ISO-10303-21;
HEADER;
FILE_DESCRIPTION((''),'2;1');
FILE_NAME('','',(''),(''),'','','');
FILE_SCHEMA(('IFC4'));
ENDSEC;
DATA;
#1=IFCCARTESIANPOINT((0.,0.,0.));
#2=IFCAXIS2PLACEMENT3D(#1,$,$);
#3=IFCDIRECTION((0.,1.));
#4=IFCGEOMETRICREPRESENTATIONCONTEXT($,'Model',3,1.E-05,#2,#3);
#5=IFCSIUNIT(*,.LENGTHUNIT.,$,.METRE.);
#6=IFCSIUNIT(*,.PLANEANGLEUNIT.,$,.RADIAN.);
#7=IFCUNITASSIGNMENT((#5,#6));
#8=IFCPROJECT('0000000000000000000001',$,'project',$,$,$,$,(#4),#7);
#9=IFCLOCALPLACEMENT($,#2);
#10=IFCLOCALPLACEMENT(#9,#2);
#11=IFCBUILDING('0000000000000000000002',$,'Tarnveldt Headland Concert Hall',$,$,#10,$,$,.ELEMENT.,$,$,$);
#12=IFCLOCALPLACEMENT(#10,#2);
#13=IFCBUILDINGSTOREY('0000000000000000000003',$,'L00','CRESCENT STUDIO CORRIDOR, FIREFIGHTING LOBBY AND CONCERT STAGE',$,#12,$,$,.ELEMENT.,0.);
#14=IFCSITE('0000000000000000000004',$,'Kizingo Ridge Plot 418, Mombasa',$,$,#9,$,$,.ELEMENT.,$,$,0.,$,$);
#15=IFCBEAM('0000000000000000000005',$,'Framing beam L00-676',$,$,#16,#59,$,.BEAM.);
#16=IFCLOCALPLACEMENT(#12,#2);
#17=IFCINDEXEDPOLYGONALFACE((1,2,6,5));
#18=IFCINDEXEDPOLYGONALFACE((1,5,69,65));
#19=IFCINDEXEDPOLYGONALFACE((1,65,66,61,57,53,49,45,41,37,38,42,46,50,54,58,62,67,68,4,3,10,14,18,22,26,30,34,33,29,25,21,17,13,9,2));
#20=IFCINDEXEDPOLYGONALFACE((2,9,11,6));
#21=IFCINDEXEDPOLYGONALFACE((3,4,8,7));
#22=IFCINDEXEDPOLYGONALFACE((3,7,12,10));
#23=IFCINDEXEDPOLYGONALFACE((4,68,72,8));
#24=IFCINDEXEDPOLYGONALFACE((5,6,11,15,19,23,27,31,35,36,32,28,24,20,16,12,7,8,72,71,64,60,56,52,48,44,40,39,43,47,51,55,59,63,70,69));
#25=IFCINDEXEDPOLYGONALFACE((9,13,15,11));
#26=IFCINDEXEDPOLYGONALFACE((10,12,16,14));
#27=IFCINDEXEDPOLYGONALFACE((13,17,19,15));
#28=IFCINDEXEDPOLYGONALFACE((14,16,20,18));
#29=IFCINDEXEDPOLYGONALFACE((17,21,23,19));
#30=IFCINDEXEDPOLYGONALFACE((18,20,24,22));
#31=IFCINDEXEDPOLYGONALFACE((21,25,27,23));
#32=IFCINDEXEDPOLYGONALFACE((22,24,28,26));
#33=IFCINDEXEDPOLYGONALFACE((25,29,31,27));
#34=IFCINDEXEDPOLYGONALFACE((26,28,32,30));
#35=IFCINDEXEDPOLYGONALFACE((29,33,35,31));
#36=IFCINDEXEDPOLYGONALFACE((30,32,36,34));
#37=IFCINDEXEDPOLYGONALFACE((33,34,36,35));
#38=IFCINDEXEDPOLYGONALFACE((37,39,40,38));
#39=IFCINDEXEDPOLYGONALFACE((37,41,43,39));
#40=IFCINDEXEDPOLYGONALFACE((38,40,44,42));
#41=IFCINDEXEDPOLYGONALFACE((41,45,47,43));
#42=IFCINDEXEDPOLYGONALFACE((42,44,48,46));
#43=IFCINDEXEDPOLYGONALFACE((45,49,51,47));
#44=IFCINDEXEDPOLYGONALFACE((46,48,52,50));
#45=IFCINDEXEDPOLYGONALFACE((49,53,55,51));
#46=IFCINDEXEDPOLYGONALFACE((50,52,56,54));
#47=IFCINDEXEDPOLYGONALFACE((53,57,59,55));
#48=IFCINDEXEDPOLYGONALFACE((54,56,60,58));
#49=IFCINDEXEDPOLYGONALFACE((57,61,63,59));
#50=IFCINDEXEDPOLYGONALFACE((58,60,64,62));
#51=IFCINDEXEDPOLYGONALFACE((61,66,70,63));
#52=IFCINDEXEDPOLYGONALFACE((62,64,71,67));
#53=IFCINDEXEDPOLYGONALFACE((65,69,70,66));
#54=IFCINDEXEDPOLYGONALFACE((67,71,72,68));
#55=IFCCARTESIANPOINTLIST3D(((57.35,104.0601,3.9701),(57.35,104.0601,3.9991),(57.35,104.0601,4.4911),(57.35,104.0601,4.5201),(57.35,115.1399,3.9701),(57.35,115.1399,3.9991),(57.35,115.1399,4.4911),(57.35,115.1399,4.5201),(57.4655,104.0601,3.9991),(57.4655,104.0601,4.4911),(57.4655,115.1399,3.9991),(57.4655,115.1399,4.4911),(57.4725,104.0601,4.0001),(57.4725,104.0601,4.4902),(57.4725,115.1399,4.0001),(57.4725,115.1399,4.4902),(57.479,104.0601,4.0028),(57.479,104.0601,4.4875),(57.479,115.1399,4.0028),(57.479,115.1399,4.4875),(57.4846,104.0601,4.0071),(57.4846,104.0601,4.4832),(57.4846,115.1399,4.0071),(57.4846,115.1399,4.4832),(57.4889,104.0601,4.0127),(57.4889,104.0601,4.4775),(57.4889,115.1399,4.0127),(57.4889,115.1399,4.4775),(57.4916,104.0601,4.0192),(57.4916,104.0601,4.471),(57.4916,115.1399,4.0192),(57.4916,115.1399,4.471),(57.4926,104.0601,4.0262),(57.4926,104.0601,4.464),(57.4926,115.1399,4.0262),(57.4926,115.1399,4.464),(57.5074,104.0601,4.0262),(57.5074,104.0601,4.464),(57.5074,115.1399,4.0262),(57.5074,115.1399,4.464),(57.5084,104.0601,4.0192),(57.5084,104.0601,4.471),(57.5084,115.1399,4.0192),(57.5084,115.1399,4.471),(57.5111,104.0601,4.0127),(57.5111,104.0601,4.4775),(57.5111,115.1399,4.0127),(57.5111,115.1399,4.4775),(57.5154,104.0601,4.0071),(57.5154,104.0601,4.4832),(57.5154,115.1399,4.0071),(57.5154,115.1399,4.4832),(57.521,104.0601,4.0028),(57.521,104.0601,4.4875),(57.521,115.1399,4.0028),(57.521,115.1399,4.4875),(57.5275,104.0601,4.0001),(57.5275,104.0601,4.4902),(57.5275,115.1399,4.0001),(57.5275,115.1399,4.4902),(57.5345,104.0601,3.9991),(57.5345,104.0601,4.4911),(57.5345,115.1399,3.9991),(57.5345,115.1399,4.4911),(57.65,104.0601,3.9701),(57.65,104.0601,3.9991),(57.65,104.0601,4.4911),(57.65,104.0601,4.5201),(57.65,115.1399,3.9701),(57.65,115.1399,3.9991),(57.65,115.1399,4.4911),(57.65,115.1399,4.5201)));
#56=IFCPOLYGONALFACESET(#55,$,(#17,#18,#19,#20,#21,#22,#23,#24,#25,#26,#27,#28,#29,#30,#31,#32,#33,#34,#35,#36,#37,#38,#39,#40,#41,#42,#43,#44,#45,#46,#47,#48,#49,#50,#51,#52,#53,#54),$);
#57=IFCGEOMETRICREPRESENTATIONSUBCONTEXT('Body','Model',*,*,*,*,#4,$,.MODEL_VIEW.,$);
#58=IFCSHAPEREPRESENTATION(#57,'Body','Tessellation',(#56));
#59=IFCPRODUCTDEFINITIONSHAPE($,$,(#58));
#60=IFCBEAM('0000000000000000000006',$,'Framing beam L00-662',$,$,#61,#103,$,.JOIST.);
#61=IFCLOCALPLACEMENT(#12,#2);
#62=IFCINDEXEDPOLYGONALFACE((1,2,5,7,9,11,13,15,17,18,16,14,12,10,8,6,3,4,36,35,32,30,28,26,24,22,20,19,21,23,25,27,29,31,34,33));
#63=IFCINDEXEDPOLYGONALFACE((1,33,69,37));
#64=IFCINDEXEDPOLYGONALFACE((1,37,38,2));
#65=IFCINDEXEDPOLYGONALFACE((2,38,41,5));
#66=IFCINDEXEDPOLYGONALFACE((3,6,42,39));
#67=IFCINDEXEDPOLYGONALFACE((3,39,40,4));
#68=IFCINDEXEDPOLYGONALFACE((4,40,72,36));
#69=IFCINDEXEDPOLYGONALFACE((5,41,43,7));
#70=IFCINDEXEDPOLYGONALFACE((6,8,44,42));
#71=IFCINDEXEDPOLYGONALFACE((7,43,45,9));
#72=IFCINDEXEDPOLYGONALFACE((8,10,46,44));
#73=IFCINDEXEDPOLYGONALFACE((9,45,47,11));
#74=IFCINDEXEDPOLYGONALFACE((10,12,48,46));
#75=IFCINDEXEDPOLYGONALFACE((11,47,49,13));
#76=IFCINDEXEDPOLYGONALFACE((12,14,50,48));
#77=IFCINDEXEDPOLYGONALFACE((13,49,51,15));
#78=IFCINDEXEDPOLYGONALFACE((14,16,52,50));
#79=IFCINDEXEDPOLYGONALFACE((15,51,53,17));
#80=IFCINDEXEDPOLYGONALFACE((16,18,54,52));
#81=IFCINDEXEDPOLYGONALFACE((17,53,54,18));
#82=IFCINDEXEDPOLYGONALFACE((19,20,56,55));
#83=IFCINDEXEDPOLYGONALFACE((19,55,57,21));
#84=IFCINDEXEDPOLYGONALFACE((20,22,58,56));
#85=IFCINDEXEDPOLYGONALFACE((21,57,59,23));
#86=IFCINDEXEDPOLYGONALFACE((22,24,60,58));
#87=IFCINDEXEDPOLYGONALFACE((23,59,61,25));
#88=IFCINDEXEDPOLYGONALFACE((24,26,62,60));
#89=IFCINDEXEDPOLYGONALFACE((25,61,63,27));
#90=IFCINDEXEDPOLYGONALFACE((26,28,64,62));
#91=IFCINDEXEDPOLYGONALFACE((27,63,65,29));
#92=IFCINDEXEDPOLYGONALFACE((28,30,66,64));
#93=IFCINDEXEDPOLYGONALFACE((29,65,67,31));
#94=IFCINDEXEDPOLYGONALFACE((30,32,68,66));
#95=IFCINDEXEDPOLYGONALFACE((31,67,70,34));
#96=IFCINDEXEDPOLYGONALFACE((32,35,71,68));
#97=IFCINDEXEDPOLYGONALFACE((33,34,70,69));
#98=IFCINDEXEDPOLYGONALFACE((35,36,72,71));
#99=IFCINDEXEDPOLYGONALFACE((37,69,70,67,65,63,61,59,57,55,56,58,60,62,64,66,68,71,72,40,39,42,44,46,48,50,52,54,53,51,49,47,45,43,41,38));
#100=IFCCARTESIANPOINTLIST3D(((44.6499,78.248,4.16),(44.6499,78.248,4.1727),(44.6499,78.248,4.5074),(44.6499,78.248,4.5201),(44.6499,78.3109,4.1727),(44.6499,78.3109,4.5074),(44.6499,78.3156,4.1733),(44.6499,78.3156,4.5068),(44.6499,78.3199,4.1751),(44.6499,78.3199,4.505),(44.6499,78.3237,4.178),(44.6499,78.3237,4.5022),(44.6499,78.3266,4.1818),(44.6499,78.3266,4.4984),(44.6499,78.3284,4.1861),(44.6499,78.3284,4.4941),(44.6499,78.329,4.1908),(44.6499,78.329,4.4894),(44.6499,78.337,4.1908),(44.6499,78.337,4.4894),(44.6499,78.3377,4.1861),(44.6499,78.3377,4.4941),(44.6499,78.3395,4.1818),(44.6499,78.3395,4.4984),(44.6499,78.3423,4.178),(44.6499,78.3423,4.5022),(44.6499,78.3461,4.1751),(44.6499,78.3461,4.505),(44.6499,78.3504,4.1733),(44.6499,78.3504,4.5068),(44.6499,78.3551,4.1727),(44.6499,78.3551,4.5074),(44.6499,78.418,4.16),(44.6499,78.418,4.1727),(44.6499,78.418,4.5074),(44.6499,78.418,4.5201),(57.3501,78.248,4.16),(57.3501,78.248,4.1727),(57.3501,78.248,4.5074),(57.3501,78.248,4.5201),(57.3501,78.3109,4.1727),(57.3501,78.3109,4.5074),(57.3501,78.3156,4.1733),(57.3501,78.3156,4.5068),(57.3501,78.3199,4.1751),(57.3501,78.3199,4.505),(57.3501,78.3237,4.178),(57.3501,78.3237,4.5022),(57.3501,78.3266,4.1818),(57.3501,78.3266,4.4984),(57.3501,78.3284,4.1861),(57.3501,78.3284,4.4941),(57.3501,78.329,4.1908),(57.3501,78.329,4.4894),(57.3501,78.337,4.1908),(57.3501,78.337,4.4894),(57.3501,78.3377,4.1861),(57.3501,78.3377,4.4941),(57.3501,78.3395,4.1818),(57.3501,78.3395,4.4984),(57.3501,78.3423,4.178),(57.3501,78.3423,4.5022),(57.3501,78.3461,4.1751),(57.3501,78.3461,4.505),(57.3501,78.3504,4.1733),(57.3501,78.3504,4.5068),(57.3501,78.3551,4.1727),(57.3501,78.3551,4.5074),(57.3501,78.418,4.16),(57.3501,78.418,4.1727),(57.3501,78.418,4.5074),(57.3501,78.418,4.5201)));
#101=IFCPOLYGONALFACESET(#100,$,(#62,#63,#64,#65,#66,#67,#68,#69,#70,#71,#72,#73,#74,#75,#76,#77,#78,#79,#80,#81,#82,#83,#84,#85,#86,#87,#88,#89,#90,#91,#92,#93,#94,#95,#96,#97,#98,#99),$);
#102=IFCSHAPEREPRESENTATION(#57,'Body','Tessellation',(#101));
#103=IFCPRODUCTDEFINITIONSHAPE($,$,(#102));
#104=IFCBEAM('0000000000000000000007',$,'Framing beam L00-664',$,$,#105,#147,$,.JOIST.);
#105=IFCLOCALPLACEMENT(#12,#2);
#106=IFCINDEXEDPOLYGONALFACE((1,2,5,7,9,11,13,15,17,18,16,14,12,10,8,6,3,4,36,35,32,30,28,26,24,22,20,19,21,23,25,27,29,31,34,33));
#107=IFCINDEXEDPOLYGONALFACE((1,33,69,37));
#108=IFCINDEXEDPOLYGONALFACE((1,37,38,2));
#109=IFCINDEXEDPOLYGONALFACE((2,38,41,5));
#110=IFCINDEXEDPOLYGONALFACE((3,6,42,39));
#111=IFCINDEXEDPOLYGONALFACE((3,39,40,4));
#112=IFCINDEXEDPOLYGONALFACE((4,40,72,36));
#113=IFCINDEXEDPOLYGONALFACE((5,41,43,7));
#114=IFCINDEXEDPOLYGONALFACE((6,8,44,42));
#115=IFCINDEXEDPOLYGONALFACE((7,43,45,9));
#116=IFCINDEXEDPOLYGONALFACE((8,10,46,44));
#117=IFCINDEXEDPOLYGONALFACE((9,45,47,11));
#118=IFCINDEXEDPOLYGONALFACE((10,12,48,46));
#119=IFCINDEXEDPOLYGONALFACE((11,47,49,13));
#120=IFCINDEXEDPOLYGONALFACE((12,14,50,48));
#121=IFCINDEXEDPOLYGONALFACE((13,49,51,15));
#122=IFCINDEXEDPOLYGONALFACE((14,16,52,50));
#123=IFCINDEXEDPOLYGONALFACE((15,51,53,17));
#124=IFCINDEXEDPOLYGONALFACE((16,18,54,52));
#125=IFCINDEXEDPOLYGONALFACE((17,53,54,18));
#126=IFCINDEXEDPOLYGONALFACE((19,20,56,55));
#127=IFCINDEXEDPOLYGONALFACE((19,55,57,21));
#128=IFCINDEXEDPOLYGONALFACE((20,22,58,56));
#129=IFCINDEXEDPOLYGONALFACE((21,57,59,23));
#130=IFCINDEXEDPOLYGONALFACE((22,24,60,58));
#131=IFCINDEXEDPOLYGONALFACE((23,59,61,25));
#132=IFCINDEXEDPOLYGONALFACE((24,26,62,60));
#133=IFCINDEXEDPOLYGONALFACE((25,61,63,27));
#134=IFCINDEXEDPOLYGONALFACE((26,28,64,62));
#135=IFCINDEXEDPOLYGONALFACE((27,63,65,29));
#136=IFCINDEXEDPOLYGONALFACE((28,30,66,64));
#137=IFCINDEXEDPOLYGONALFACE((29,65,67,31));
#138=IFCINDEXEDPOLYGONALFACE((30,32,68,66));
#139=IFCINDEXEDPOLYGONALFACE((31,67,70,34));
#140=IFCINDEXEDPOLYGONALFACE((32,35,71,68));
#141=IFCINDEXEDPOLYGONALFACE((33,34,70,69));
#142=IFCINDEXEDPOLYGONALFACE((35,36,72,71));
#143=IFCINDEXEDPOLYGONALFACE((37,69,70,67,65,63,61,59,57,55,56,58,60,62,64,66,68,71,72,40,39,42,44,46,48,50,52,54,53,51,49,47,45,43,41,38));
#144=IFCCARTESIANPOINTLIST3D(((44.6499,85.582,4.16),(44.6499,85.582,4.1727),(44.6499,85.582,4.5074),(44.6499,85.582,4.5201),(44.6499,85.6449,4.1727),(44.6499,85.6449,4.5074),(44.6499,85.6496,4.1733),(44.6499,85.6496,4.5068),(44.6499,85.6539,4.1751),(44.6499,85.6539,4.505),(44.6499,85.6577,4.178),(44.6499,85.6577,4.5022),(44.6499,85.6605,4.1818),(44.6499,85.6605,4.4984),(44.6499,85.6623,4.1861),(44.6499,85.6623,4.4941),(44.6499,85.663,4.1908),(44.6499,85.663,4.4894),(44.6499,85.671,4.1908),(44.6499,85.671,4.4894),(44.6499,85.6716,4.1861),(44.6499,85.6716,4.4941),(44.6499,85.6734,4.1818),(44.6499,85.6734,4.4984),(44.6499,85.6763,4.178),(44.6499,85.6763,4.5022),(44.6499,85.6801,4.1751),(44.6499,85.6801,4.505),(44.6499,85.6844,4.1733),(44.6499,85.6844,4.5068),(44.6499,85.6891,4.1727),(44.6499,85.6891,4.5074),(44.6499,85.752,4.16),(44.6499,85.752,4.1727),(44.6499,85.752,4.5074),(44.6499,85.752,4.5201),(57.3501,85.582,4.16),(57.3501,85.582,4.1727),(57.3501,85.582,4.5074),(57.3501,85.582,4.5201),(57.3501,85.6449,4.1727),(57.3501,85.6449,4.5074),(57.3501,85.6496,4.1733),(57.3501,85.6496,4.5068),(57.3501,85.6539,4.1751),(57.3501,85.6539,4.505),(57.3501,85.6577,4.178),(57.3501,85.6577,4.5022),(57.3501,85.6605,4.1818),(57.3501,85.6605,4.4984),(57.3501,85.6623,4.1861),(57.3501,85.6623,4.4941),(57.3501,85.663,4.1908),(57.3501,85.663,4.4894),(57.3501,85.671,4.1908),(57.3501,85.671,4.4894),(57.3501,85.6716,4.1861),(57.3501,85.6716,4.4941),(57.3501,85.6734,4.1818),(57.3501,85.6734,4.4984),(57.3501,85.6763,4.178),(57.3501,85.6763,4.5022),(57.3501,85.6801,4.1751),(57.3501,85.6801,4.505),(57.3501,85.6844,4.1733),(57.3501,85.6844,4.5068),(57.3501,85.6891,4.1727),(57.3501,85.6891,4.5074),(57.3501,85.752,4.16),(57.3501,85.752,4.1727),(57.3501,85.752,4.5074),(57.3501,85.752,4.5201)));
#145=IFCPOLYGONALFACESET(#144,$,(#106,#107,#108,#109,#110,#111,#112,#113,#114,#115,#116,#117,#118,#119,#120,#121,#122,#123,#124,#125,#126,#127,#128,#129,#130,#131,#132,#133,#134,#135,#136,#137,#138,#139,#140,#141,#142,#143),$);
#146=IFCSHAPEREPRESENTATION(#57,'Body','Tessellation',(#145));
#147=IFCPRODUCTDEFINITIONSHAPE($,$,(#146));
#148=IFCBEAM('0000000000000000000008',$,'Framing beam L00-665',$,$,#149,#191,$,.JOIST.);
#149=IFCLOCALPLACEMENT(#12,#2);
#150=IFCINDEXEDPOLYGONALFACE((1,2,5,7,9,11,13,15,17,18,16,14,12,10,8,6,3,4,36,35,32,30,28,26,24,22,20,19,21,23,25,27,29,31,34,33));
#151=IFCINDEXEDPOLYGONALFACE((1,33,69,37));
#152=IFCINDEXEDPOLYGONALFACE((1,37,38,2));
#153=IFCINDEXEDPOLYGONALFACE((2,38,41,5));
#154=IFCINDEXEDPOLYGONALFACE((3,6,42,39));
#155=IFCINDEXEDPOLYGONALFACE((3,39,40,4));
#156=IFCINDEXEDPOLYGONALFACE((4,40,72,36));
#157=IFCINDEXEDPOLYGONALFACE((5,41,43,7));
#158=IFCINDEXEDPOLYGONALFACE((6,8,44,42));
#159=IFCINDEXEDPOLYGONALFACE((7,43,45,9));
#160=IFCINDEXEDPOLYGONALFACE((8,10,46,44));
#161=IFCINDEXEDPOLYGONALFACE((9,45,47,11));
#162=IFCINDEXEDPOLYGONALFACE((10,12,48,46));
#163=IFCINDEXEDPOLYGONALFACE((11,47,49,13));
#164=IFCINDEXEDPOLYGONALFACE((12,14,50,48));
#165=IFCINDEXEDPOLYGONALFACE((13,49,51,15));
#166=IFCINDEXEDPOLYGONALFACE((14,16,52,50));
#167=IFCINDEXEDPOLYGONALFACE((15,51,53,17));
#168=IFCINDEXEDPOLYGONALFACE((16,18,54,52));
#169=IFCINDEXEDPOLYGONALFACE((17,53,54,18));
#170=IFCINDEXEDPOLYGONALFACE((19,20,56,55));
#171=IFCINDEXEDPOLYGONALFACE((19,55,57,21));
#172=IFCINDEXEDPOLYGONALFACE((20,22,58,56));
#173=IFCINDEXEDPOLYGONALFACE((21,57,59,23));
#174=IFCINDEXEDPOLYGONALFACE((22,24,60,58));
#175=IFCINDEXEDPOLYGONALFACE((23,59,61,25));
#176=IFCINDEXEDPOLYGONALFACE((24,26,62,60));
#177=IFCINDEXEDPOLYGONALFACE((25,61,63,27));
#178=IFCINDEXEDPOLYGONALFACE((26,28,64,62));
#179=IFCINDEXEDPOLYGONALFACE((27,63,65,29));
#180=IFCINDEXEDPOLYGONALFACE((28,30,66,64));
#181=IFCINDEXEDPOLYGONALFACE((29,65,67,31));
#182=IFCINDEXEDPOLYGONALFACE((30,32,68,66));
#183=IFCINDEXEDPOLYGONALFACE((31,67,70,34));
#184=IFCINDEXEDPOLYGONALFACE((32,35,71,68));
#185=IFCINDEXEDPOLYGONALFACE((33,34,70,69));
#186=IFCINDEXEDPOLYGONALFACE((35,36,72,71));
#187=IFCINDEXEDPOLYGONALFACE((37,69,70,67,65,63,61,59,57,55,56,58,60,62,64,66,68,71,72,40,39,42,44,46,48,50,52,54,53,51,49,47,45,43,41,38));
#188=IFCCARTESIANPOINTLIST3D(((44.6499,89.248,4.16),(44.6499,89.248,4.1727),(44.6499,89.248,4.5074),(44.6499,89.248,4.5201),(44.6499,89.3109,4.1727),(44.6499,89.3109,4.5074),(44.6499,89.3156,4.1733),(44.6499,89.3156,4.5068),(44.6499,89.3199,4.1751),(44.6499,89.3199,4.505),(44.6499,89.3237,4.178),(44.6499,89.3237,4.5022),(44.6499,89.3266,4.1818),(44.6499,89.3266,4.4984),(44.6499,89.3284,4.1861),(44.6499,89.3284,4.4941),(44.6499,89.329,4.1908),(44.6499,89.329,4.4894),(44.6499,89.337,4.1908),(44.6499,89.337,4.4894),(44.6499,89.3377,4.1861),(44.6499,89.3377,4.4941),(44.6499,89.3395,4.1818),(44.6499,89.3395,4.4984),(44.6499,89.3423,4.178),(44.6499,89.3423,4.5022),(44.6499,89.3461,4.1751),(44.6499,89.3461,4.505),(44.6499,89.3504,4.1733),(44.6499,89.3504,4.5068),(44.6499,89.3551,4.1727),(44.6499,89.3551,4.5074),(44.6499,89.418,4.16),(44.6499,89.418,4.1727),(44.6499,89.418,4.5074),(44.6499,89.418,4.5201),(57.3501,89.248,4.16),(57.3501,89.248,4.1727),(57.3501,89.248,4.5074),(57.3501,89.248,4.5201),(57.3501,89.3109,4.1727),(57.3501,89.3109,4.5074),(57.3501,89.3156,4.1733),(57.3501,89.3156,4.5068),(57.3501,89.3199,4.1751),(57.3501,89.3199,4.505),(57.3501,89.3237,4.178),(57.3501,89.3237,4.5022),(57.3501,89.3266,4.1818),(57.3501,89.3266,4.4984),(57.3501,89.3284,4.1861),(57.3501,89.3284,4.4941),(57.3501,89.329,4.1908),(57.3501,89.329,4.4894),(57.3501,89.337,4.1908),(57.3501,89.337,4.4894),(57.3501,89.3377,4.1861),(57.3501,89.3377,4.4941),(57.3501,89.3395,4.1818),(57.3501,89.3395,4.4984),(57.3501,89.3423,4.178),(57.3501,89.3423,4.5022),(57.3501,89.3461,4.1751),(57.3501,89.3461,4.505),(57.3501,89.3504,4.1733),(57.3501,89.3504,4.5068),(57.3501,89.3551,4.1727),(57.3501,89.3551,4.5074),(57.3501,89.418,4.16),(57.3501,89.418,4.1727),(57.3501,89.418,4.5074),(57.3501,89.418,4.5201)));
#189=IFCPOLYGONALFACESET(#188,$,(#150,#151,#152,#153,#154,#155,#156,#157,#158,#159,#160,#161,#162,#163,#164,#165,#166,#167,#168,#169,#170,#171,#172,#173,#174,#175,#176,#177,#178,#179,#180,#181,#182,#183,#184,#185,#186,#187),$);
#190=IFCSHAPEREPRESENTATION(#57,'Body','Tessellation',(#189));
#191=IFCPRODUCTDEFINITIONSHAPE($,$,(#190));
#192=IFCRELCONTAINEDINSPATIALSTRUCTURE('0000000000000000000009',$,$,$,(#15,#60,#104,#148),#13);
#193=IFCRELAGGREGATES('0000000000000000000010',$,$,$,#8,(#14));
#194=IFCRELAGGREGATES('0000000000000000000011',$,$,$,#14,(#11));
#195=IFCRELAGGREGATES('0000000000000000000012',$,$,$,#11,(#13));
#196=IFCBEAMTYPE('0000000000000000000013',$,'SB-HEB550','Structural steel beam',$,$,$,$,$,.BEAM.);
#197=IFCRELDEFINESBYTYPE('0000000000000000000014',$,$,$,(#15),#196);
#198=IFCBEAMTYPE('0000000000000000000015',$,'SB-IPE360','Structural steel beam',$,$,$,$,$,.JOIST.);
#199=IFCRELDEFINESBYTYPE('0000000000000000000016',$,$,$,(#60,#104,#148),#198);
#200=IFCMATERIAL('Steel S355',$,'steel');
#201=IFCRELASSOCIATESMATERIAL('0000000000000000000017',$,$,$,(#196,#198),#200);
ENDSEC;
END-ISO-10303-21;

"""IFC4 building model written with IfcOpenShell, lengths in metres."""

from ifc_helpers import new_model, si_unit, direction, frame, origin, origin_2d, place, context, subcontext, project, spatial, i_section, extrude, material, material_profile, profile_set, type_object, element, save


model = new_model("IFC4")

# Units and contexts
model_context = context("Model", 3, precision=1e-05, world=origin(), true_north=direction((0.0, 1.0)))
body_context = subcontext(model_context, "Body", "Model", "MODEL_VIEW")
ifc_project = project(units=[si_unit("LENGTHUNIT", "METRE"), si_unit("PLANEANGLEUNIT", "RADIAN")], contexts=[model_context])

# Site, building, storey
site_placement = place(None, origin())
site = spatial("IfcSite", under=ifc_project, at=site_placement, Name="Kizingo Ridge Plot 418, Mombasa", CompositionType="ELEMENT", RefElevation=0.0)
building_placement = place(site_placement, origin())
building = spatial("IfcBuilding", under=site, at=building_placement, Name="Tarnveldt Headland Concert Hall", CompositionType="ELEMENT")
storey_placement = place(building_placement, origin())
storey = spatial("IfcBuildingStorey", under=building, at=storey_placement, Name="L00", Description="CRESCENT STUDIO CORRIDOR, FIREFIGHTING LOBBY AND CONCERT STAGE", CompositionType="ELEMENT", Elevation=0.0)

# Beams
ifc_material_1 = material(Name="Steel S355", Category="steel")
ifc_material_profile_1 = material_profile(ifc_material_1, i_section(OverallWidth=0.3, OverallDepth=0.55, WebThickness=0.0149, FlangeThickness=0.0291, FilletRadius=0.0271, at=origin_2d()), Name="HEB550", Category="steel")
ifc_profile_set_1 = profile_set([ifc_material_profile_1], Name="Steel S355")
beam_type_1 = type_object("IfcBeamType", Name="SB-HEB550", Description="Structural steel beam", PredefinedType="BEAM", material=ifc_profile_set_1)
beam_placement = place(storey_placement, frame((57.5, 104.0601, 4.2451), z_axis=(0.0, 1.0, 0.0), x_axis=(-1.0, 0.0, 0.0)))
element("IfcBeam", 1, at=beam_placement, inside=storey, type_object=beam_type_1, Name="Framing beam L00-676", PredefinedType="BEAM", context=body_context, shape_type="SweptSolid", body=[
    extrude(i_section(OverallWidth=0.3, OverallDepth=0.55, WebThickness=0.0149, FlangeThickness=0.0291, FilletRadius=0.0271, at=origin_2d()), origin(), (0.0, 0.0, 1.0), 11.0798),
])
ifc_material_profile_2 = material_profile(ifc_material_1, i_section(OverallWidth=0.1699, OverallDepth=0.3601, WebThickness=0.0081, FlangeThickness=0.0127, FilletRadius=0.0181, at=origin_2d()), Name="IPE360", Category="steel")
ifc_profile_set_2 = profile_set([ifc_material_profile_2], Name="Steel S355")
beam_type_2 = type_object("IfcBeamType", Name="SB-IPE360", Description="Structural steel beam", PredefinedType="JOIST", material=ifc_profile_set_2)
for number, where, z_axis, x_axis, name in (
    (2, (44.6499, 78.333, 4.3401), (1.0, 0.0, 0.0), (0.0, 1.0, 0.0), "Framing beam L00-662"),
    (3, (44.6499, 85.667, 4.3401), (1.0, 0.0, 0.0), (0.0, 1.0, 0.0), "Framing beam L00-664"),
    (4, (44.6499, 89.333, 4.3401), (1.0, 0.0, 0.0), (0.0, 1.0, 0.0), "Framing beam L00-665"),
):
    element("IfcBeam", number, at=place(storey_placement, frame(where, z_axis=z_axis, x_axis=x_axis)), inside=storey, type_object=beam_type_2, Name=name, PredefinedType="JOIST", context=body_context, shape_type="SweptSolid", body=[
        extrude(i_section(OverallWidth=0.1699, OverallDepth=0.3601, WebThickness=0.0081, FlangeThickness=0.0127, FilletRadius=0.0181, at=origin_2d()), origin(), (0.0, 0.0, 1.0), 12.7002),
    ])

save(model, "model.ifc")
